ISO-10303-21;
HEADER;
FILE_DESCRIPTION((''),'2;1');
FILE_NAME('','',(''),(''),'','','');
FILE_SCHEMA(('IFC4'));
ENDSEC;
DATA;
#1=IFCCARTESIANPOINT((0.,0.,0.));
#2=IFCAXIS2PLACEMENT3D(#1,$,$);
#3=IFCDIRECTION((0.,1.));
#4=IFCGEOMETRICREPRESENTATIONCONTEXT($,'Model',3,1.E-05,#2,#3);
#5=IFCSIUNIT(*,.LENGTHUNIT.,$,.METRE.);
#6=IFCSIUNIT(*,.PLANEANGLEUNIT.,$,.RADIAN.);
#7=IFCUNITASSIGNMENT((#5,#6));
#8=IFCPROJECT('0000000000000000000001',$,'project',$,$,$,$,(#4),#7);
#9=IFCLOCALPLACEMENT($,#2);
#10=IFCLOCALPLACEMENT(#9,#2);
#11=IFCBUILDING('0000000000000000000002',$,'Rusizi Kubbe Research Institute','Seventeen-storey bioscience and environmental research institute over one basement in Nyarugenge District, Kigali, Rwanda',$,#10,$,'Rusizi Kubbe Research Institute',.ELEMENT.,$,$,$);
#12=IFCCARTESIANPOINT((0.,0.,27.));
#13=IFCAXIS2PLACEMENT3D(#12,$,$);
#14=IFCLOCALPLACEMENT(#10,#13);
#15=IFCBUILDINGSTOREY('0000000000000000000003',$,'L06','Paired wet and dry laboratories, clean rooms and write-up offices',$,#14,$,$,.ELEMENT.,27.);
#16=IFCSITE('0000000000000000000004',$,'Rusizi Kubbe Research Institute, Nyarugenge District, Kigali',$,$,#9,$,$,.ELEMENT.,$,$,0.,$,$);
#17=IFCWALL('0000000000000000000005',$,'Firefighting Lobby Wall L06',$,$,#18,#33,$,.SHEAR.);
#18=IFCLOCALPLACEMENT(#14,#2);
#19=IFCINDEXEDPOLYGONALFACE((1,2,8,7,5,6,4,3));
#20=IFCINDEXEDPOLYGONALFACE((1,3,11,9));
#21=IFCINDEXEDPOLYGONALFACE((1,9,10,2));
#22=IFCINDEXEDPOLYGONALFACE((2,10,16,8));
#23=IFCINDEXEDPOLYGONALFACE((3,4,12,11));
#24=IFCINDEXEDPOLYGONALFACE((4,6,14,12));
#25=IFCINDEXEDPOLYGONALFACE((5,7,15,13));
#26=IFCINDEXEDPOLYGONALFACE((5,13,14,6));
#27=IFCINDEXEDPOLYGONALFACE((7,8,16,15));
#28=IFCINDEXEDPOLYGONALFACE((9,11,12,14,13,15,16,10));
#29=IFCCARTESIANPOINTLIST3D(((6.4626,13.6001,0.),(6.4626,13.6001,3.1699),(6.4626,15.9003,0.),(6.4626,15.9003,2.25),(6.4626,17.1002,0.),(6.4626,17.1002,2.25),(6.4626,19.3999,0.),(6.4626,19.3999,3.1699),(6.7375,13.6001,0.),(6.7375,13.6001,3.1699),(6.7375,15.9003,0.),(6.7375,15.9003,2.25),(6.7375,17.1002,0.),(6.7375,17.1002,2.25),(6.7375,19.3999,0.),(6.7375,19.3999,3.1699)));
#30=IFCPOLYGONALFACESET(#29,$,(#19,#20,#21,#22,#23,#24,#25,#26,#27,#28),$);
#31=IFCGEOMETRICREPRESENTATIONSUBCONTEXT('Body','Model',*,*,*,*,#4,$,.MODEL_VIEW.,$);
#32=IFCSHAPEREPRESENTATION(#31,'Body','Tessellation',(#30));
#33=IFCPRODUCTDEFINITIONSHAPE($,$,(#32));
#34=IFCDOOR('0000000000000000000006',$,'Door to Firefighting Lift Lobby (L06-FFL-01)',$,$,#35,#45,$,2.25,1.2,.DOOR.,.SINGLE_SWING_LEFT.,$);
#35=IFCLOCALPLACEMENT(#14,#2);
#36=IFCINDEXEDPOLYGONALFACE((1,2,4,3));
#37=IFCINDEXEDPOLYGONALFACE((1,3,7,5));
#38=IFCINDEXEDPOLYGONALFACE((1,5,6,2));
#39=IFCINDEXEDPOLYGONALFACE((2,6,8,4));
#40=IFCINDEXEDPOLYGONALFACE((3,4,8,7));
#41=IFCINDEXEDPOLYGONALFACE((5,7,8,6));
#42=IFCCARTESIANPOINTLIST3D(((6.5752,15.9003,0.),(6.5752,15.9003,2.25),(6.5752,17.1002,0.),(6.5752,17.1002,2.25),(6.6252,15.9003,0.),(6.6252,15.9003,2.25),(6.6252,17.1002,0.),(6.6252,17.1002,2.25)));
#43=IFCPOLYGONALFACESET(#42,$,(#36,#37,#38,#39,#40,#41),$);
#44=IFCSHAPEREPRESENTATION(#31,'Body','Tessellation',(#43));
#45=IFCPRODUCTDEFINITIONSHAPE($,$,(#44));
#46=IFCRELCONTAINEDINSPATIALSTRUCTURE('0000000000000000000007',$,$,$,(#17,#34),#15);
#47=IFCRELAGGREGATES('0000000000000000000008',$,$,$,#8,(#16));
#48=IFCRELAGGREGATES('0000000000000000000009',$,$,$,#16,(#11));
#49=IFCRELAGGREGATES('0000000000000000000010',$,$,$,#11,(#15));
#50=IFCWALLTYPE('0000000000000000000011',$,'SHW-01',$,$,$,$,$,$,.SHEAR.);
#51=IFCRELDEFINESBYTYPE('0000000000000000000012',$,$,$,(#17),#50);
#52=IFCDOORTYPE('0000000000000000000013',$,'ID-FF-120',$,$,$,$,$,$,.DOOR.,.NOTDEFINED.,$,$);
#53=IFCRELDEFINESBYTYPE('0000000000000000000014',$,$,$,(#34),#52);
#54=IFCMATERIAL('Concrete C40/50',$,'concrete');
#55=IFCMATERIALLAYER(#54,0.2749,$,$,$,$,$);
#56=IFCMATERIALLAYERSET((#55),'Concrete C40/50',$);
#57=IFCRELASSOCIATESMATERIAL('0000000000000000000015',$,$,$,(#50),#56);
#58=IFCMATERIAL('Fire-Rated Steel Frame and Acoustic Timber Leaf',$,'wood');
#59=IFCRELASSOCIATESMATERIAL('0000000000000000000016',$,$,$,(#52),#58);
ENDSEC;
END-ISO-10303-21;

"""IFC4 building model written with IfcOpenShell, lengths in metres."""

from ifc_helpers import new_model, si_unit, direction, frame, frame_2d, origin, place, context, subcontext, project, spatial, rectangle, extrude, material, layer, layer_set, type_object, element, fill, save


model = new_model("IFC4")

# Units and contexts
model_context = context("Model", 3, precision=1e-05, world=origin(), true_north=direction((0.0, 1.0)))
body_context = subcontext(model_context, "Body", "Model", "MODEL_VIEW")
ifc_project = project(units=[si_unit("LENGTHUNIT", "METRE"), si_unit("PLANEANGLEUNIT", "RADIAN")], contexts=[model_context])

# Site, building, storey
site_placement = place(None, origin())
site = spatial("IfcSite", under=ifc_project, at=site_placement, Name="Rusizi Kubbe Research Institute, Nyarugenge District, Kigali", CompositionType="ELEMENT", RefElevation=0.0)
building_placement = place(site_placement, origin())
building = spatial("IfcBuilding", under=site, at=building_placement, Name="Rusizi Kubbe Research Institute", Description="Seventeen-storey bioscience and environmental research institute over one basement in Nyarugenge District, Kigali, Rwanda", LongName="Rusizi Kubbe Research Institute", CompositionType="ELEMENT")
storey_placement = place(building_placement, frame((0.0, 0.0, 27.0)))
storey = spatial("IfcBuildingStorey", under=building, at=storey_placement, Name="L06", Description="Paired wet and dry laboratories, clean rooms and write-up offices", CompositionType="ELEMENT", Elevation=27.0)

# Wall, opening, door
ifc_material_1 = material(Name="Concrete C40/50", Category="concrete")
ifc_layer_1 = layer(ifc_material_1, 0.2749)
ifc_layer_set_1 = layer_set([ifc_layer_1], Name="Concrete C40/50")
wall_type_1 = type_object("IfcWallType", Name="SHW-01", PredefinedType="SHEAR", material=ifc_layer_set_1)
wall_1_placement = place(storey_placement, frame((6.6001, 13.6001, 0.0), z_axis=(0.0, 0.0, 1.0), x_axis=(0.0, 1.0, 0.0)))
wall_1 = element("IfcWall", 1, at=wall_1_placement, inside=storey, type_object=wall_type_1, Name="Firefighting Lobby Wall L06", PredefinedType="SHEAR", context=body_context, shape_type="SweptSolid", body=[
    extrude(rectangle(XDim=5.7998, YDim=0.2749, at=frame_2d((2.8999, 0.0))), origin(), (0.0, 0.0, 1.0), 3.1699),
])
opening_1_placement = place(wall_1_placement, frame((2.3, 0.0, 0.0)))
opening_1 = element("IfcOpeningElement", 2, at=opening_1_placement, cuts=wall_1, PredefinedType="OPENING", context=body_context, shape_type="SweptSolid", body=[
    extrude(rectangle(XDim=1.2, YDim=2.25, at=frame_2d((0.6001, 1.125))), frame((0.0, 0.1475, 0.0), z_axis=(0.0, -1.0, 0.0), x_axis=(1.0, 0.0, 0.0)), (0.0, 0.0, 1.0), 0.2949),
])
ifc_material_2 = material(Name="Fire-Rated Steel Frame and Acoustic Timber Leaf", Category="wood")
door_type_1 = type_object("IfcDoorType", Name="ID-FF-120", OperationType="NOTDEFINED", PredefinedType="DOOR", material=ifc_material_2)
door_1_placement = place(opening_1_placement, origin())
door_1 = element("IfcDoor", 3, at=door_1_placement, inside=storey, type_object=door_type_1, Name="Door to Firefighting Lift Lobby (L06-FFL-01)", OperationType="SINGLE_SWING_LEFT", OverallHeight=2.25, OverallWidth=1.2, PredefinedType="DOOR", context=body_context, shape_type="SweptSolid", body=[
    extrude(rectangle(XDim=1.2, YDim=2.25, at=frame_2d((0.6001, 1.125))), frame((0.0, 0.0249, 0.0), z_axis=(0.0, -1.0, 0.0), x_axis=(1.0, 0.0, 0.0)), (0.0, 0.0, 1.0), 0.05),
])
fill(opening_1, door_1)

save(model, "model.ifc")
